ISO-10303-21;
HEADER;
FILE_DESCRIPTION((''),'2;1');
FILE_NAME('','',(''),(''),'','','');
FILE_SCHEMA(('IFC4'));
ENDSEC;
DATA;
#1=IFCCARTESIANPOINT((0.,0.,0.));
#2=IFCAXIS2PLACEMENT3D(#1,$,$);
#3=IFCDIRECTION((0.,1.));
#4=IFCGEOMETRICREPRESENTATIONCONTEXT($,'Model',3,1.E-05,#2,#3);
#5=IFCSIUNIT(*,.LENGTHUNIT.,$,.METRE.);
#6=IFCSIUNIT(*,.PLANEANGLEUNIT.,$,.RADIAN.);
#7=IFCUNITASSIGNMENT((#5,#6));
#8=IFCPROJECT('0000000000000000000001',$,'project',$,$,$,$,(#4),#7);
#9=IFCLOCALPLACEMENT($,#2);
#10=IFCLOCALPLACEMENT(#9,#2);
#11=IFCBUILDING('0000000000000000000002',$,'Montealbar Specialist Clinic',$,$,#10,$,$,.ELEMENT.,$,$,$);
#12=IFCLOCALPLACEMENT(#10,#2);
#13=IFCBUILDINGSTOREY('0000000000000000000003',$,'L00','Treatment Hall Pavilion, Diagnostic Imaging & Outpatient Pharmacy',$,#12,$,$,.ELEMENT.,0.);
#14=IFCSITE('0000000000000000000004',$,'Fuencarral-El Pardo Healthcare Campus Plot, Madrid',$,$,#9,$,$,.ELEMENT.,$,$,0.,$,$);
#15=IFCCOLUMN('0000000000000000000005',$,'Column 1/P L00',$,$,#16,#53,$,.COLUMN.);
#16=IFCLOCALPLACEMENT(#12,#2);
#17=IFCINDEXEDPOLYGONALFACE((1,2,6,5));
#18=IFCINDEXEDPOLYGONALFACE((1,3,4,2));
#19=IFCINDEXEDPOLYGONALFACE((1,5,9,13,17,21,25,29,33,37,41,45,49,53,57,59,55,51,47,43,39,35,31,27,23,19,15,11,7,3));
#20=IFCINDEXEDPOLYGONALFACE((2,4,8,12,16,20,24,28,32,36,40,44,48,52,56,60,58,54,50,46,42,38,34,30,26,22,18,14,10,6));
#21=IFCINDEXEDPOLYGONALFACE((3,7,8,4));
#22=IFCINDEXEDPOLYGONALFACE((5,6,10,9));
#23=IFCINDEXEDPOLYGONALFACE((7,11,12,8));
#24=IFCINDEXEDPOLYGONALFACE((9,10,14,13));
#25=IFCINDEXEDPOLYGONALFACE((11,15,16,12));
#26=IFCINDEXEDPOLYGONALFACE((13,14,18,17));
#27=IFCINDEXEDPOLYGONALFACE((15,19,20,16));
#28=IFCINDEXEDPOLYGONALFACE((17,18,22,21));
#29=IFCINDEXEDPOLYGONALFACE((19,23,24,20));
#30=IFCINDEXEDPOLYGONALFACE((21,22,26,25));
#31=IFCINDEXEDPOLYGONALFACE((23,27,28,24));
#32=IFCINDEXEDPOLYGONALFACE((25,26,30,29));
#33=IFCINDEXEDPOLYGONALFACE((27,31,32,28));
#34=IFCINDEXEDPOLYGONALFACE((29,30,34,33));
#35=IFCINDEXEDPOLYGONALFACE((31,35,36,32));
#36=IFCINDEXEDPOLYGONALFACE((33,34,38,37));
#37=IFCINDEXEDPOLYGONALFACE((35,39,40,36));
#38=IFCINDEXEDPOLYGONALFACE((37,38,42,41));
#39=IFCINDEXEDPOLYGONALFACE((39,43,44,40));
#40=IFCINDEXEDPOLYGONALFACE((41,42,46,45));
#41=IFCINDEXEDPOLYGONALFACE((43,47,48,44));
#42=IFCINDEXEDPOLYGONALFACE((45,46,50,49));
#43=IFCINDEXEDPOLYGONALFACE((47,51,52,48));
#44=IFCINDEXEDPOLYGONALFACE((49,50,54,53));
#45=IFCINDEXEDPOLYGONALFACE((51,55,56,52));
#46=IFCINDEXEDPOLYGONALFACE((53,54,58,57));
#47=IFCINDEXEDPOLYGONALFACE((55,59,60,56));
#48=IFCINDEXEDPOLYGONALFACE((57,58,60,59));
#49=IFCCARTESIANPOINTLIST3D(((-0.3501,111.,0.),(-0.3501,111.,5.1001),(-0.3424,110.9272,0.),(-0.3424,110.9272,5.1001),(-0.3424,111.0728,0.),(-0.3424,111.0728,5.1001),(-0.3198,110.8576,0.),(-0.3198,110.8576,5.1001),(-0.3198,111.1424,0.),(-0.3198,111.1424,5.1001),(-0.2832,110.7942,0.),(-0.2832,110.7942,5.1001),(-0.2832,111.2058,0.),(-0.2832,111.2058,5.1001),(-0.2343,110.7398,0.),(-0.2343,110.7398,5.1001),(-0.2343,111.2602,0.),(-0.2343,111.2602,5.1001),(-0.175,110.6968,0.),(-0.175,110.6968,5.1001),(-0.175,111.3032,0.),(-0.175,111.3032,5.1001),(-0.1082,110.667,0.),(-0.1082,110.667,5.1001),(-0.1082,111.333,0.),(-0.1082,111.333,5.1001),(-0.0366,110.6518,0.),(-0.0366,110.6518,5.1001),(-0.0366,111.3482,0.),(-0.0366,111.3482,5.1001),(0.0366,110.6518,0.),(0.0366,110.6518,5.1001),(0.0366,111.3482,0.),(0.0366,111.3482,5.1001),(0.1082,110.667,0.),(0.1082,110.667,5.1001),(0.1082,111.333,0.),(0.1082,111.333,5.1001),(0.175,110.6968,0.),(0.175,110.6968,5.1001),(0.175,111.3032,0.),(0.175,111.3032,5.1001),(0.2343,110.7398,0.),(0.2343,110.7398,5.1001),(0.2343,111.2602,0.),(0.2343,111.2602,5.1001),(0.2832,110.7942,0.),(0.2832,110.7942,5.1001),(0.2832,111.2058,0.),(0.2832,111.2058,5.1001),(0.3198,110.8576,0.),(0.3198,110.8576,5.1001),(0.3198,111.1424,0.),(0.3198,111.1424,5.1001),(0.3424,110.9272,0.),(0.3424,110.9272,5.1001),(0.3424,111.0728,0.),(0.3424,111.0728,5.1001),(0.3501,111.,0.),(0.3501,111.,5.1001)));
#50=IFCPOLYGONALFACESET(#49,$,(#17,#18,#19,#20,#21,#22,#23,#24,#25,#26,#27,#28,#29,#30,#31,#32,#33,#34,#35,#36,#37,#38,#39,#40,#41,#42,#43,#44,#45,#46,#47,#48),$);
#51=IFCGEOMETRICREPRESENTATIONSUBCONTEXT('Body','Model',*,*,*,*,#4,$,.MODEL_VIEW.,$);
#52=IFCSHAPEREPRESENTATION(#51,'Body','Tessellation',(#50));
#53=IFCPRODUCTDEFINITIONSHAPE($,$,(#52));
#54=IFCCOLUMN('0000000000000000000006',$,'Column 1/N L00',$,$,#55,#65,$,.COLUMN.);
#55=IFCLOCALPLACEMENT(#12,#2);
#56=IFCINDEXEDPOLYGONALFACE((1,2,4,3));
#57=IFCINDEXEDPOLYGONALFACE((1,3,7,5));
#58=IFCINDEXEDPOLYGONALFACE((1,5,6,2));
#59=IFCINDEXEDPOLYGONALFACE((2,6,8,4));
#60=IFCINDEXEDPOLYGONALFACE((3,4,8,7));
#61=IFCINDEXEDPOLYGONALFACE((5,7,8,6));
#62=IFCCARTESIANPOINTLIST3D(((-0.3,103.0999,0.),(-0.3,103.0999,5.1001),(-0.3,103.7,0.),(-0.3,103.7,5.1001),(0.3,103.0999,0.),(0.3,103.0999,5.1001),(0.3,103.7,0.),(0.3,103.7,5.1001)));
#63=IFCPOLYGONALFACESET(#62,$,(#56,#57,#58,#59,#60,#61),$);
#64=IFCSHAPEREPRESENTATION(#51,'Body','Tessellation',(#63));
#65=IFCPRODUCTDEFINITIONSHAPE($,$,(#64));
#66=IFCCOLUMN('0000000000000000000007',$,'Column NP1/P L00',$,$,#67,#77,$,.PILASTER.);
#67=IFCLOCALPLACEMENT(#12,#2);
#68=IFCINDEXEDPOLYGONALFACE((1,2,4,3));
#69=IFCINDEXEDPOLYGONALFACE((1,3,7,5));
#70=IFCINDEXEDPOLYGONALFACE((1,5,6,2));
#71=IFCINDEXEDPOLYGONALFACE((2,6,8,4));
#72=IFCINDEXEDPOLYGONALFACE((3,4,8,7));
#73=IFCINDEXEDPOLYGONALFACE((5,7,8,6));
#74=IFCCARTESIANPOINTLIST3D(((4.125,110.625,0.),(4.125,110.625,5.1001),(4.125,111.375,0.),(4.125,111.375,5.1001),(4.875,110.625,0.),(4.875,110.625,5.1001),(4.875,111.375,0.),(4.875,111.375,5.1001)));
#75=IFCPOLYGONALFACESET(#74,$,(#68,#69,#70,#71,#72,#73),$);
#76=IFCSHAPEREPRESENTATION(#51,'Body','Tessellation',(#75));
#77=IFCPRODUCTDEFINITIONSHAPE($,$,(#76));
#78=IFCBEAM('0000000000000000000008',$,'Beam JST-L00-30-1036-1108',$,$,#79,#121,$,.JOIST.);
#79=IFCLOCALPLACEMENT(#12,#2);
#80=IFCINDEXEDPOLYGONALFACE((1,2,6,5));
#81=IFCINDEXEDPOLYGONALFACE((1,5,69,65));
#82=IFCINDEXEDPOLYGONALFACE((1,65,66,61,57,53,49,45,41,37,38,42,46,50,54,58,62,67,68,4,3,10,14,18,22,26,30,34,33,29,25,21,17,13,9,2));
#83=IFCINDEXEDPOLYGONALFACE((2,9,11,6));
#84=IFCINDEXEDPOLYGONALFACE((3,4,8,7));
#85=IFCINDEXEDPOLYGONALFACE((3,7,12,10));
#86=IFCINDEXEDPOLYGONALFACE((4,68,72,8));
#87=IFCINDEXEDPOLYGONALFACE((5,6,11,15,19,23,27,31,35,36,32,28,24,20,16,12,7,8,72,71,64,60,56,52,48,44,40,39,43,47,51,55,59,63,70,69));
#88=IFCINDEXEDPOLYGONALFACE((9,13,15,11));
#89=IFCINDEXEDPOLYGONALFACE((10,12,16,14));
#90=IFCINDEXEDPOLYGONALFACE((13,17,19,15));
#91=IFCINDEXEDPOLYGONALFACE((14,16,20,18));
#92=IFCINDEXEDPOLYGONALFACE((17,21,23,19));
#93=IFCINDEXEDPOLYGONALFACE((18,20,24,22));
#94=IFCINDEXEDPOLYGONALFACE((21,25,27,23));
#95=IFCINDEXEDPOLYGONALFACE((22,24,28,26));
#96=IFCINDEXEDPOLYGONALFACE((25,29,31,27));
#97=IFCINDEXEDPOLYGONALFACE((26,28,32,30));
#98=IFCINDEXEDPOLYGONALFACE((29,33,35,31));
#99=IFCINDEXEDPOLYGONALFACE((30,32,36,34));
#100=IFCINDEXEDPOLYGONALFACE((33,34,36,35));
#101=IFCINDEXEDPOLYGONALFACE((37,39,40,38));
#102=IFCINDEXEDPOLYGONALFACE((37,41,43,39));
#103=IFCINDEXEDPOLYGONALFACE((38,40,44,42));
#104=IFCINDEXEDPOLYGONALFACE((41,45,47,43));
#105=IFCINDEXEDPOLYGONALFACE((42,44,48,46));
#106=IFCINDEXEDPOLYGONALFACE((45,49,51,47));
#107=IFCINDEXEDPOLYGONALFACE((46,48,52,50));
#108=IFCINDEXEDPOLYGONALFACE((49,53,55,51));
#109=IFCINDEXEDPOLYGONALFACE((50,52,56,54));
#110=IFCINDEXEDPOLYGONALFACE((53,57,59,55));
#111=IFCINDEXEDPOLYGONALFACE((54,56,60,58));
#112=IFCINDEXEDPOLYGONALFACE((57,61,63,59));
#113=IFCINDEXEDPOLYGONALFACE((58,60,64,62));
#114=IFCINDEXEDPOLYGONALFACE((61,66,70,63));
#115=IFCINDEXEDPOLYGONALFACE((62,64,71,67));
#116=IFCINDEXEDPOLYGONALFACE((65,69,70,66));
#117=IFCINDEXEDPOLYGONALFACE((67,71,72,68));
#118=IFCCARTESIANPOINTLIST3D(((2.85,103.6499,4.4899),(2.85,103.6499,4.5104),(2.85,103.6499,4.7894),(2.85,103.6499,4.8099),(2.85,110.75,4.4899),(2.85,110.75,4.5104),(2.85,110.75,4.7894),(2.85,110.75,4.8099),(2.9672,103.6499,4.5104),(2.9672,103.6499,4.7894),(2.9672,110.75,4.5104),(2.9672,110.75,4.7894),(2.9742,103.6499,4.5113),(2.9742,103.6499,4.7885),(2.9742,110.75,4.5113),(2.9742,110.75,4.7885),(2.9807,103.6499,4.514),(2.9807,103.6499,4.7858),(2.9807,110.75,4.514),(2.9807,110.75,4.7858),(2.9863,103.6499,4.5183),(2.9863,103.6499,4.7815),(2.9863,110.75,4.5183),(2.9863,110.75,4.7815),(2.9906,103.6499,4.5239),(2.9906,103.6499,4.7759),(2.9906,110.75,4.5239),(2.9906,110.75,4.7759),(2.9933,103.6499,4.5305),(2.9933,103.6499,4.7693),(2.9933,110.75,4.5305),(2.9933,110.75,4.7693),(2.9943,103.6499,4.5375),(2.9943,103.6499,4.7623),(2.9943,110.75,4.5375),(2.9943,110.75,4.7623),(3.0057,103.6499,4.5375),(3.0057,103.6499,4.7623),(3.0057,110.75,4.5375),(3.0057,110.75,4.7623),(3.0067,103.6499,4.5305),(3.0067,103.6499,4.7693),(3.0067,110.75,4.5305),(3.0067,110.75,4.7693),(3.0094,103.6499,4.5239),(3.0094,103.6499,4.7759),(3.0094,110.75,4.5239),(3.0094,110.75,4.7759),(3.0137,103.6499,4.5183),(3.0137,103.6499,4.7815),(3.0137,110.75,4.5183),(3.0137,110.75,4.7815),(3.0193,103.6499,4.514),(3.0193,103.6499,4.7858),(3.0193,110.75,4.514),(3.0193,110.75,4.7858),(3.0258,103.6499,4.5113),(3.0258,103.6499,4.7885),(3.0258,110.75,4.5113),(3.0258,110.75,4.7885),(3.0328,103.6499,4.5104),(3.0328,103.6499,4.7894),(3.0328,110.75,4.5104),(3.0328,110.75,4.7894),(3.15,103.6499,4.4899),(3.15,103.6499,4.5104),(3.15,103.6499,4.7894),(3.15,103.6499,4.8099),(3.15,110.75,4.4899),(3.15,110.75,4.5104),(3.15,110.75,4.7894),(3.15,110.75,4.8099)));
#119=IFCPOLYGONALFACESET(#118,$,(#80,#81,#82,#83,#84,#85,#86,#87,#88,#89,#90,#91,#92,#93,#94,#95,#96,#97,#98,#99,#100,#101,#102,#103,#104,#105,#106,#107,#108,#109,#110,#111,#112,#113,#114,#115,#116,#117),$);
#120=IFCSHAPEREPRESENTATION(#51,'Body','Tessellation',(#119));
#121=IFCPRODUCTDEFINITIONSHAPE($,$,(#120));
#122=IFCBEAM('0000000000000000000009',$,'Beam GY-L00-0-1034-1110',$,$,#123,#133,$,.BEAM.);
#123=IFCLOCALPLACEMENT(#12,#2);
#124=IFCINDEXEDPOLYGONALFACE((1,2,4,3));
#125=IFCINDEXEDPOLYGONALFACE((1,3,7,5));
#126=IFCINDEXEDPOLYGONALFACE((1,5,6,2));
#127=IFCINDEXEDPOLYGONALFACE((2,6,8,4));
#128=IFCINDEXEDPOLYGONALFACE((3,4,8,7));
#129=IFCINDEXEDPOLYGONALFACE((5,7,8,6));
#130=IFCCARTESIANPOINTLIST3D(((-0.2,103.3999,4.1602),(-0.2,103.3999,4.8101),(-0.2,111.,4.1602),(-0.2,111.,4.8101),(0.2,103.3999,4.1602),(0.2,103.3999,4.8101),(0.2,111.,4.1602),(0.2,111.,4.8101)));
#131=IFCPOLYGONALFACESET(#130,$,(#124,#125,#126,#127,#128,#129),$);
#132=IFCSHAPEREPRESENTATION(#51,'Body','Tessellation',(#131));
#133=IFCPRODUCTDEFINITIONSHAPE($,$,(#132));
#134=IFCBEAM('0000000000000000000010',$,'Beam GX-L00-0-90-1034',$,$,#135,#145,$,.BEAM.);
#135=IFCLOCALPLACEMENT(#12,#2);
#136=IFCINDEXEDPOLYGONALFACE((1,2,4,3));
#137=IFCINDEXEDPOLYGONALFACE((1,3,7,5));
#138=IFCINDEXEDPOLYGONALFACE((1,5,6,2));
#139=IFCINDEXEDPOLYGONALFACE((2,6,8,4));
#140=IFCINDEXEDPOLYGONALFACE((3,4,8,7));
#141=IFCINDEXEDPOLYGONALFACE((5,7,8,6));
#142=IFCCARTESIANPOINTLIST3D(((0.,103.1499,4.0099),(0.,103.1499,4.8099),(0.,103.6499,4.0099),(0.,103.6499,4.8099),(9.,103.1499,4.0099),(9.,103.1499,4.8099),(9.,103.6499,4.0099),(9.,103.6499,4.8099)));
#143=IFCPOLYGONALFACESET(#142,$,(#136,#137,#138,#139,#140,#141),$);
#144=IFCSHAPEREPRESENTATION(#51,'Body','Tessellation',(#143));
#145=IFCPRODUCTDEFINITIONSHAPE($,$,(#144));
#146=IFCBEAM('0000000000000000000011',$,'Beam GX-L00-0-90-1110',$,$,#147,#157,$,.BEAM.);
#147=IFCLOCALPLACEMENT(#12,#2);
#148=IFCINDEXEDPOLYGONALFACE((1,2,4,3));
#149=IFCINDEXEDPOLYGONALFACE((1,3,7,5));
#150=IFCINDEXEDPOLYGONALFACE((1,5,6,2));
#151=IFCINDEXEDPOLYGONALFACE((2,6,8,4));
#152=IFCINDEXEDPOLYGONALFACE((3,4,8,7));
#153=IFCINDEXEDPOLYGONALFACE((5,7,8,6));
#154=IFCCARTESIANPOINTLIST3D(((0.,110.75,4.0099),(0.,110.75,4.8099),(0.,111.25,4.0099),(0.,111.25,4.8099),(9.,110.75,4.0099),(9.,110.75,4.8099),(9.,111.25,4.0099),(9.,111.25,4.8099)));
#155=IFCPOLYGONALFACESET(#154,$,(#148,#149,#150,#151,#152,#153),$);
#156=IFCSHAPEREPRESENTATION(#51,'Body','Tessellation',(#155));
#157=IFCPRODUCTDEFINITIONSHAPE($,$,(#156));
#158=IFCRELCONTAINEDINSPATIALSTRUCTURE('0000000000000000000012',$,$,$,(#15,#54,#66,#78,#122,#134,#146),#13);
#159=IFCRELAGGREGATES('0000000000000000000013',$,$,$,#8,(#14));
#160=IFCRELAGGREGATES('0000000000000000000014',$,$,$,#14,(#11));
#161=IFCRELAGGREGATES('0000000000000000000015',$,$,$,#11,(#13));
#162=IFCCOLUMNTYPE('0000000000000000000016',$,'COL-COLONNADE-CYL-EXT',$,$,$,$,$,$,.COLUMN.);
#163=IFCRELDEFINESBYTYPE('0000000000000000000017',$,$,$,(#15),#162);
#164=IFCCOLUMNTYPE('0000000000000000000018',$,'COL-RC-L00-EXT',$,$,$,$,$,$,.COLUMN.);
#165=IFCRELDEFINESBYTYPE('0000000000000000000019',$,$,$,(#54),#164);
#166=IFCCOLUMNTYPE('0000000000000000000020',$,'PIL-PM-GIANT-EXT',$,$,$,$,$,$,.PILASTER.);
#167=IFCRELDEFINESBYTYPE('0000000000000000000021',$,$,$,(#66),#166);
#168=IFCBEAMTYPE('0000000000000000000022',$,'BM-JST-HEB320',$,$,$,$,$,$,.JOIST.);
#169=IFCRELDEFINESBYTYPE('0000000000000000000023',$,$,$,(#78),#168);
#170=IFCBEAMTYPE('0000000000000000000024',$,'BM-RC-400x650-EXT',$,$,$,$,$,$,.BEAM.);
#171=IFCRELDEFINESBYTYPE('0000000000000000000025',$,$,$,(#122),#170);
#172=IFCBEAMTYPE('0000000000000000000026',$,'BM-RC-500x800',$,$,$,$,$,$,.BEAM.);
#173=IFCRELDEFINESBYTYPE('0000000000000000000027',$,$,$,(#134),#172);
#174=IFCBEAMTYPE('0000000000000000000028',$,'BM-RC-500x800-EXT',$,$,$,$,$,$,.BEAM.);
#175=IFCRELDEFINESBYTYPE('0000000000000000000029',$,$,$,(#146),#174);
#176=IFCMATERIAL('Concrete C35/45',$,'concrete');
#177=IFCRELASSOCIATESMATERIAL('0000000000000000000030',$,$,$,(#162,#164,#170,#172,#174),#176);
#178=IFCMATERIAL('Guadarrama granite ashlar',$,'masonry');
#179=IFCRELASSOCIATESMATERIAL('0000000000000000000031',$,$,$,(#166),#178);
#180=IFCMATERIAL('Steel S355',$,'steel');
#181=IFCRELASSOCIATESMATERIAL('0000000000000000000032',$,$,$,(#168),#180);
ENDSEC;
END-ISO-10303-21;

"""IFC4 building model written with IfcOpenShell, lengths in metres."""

from ifc_helpers import new_model, si_unit, direction, frame, origin, origin_2d, place, context, subcontext, project, spatial, rectangle, circle, i_section, extrude, material, material_profile, profile_set, type_object, element, save


model = new_model("IFC4")

# Units and contexts
model_context = context("Model", 3, precision=1e-05, world=origin(), true_north=direction((0.0, 1.0)))
body_context = subcontext(model_context, "Body", "Model", "MODEL_VIEW")
ifc_project = project(units=[si_unit("LENGTHUNIT", "METRE"), si_unit("PLANEANGLEUNIT", "RADIAN")], contexts=[model_context])

# Site, building, storey
site_placement = place(None, origin())
site = spatial("IfcSite", under=ifc_project, at=site_placement, Name="Fuencarral-El Pardo Healthcare Campus Plot, Madrid", CompositionType="ELEMENT", RefElevation=0.0)
building_placement = place(site_placement, origin())
building = spatial("IfcBuilding", under=site, at=building_placement, Name="Montealbar Specialist Clinic", CompositionType="ELEMENT")
storey_placement = place(building_placement, origin())
storey = spatial("IfcBuildingStorey", under=building, at=storey_placement, Name="L00", Description="Treatment Hall Pavilion, Diagnostic Imaging & Outpatient Pharmacy", CompositionType="ELEMENT", Elevation=0.0)

# Columns
ifc_material_1 = material(Name="Concrete C35/45", Category="concrete")
ifc_material_profile_1 = material_profile(ifc_material_1, circle(Radius=0.3501, at=origin_2d()), Name="RC D700", Category="concrete")
ifc_profile_set_1 = profile_set([ifc_material_profile_1], Name="Concrete C35/45")
column_type_1 = type_object("IfcColumnType", Name="COL-COLONNADE-CYL-EXT", PredefinedType="COLUMN", material=ifc_profile_set_1)
column_1_placement = place(storey_placement, frame((0.0, 111.0, 0.0), z_axis=(0.0, 0.0, 1.0), x_axis=(1.0, 0.0, 0.0)))
element("IfcColumn", 1, at=column_1_placement, inside=storey, type_object=column_type_1, Name="Column 1/P L00", PredefinedType="COLUMN", context=body_context, shape_type="SweptSolid", body=[
    extrude(circle(Radius=0.3501, at=origin_2d()), origin(), (0.0, 0.0, 1.0), 5.1001),
])
ifc_material_profile_2 = material_profile(ifc_material_1, rectangle(XDim=0.6001, YDim=0.6001, at=origin_2d()), Name="RC 600x600", Category="concrete")
ifc_profile_set_2 = profile_set([ifc_material_profile_2], Name="Concrete C35/45")
column_type_2 = type_object("IfcColumnType", Name="COL-RC-L00-EXT", PredefinedType="COLUMN", material=ifc_profile_set_2)
column_2_placement = place(storey_placement, frame((0.0, 103.3999, 0.0), z_axis=(0.0, 0.0, 1.0), x_axis=(1.0, 0.0, 0.0)))
element("IfcColumn", 2, at=column_2_placement, inside=storey, type_object=column_type_2, Name="Column 1/N L00", PredefinedType="COLUMN", context=body_context, shape_type="SweptSolid", body=[
    extrude(rectangle(XDim=0.6001, YDim=0.6001, at=origin_2d()), origin(), (0.0, 0.0, 1.0), 5.1001),
])
ifc_material_2 = material(Name="Guadarrama granite ashlar", Category="masonry")
ifc_material_profile_3 = material_profile(ifc_material_2, rectangle(XDim=0.75, YDim=0.75, at=origin_2d()), Name="GRANITE PILASTER 750x750", Category="masonry")
ifc_profile_set_3 = profile_set([ifc_material_profile_3], Name="Guadarrama granite ashlar")
column_type_3 = type_object("IfcColumnType", Name="PIL-PM-GIANT-EXT", PredefinedType="PILASTER", material=ifc_profile_set_3)
column_3_placement = place(storey_placement, frame((4.5, 111.0, 0.0), z_axis=(0.0, 0.0, 1.0), x_axis=(1.0, 0.0, 0.0)))
element("IfcColumn", 3, at=column_3_placement, inside=storey, type_object=column_type_3, Name="Column NP1/P L00", PredefinedType="PILASTER", context=body_context, shape_type="SweptSolid", body=[
    extrude(rectangle(XDim=0.75, YDim=0.75, at=origin_2d()), origin(), (0.0, 0.0, 1.0), 5.1001),
])

# Beams
ifc_material_3 = material(Name="Steel S355", Category="steel")
ifc_material_profile_4 = material_profile(ifc_material_3, i_section(OverallWidth=0.3, OverallDepth=0.3201, WebThickness=0.0115, FlangeThickness=0.0205, FilletRadius=0.0271, at=origin_2d()), Name="HEB 320", Category="steel")
ifc_profile_set_4 = profile_set([ifc_material_profile_4], Name="Steel S355")
beam_type_1 = type_object("IfcBeamType", Name="BM-JST-HEB320", PredefinedType="JOIST", material=ifc_profile_set_4)
beam_1_placement = place(storey_placement, frame((3.0, 103.6499, 4.6499), z_axis=(0.0, 1.0, 0.0), x_axis=(-1.0, 0.0, 0.0)))
element("IfcBeam", 4, at=beam_1_placement, inside=storey, type_object=beam_type_1, Name="Beam JST-L00-30-1036-1108", PredefinedType="JOIST", context=body_context, shape_type="SweptSolid", body=[
    extrude(i_section(OverallWidth=0.3, OverallDepth=0.3201, WebThickness=0.0115, FlangeThickness=0.0205, FilletRadius=0.0271, at=origin_2d()), origin(), (0.0, 0.0, 1.0), 7.1001),
])
ifc_material_profile_5 = material_profile(ifc_material_1, rectangle(XDim=0.3999, YDim=0.6499, at=origin_2d()), Name="RC 400x650", Category="concrete")
ifc_profile_set_5 = profile_set([ifc_material_profile_5], Name="Concrete C35/45")
beam_type_2 = type_object("IfcBeamType", Name="BM-RC-400x650-EXT", PredefinedType="BEAM", material=ifc_profile_set_5)
beam_2_placement = place(storey_placement, frame((0.0, 103.3999, 4.4851), z_axis=(0.0, 1.0, 0.0), x_axis=(-1.0, 0.0, 0.0)))
element("IfcBeam", 5, at=beam_2_placement, inside=storey, type_object=beam_type_2, Name="Beam GY-L00-0-1034-1110", PredefinedType="BEAM", context=body_context, shape_type="SweptSolid", body=[
    extrude(rectangle(XDim=0.3999, YDim=0.6499, at=origin_2d()), origin(), (0.0, 0.0, 1.0), 7.6001),
])
ifc_material_profile_6 = material_profile(ifc_material_1, rectangle(XDim=0.5, YDim=0.8, at=origin_2d()), Name="RC 500x800", Category="concrete")
ifc_profile_set_6 = profile_set([ifc_material_profile_6], Name="Concrete C35/45")
beam_type_3 = type_object("IfcBeamType", Name="BM-RC-500x800", PredefinedType="BEAM", material=ifc_profile_set_6)
beam_3_placement = place(storey_placement, frame((0.0, 103.3999, 4.4099), z_axis=(1.0, 0.0, 0.0), x_axis=(0.0, 1.0, 0.0)))
element("IfcBeam", 6, at=beam_3_placement, inside=storey, type_object=beam_type_3, Name="Beam GX-L00-0-90-1034", PredefinedType="BEAM", context=body_context, shape_type="SweptSolid", body=[
    extrude(rectangle(XDim=0.5, YDim=0.8, at=origin_2d()), origin(), (0.0, 0.0, 1.0), 9.0),
])
ifc_material_profile_7 = material_profile(ifc_material_1, rectangle(XDim=0.5, YDim=0.8, at=origin_2d()), Name="RC 500x800", Category="concrete")
ifc_profile_set_7 = profile_set([ifc_material_profile_7], Name="Concrete C35/45")
beam_type_4 = type_object("IfcBeamType", Name="BM-RC-500x800-EXT", PredefinedType="BEAM", material=ifc_profile_set_7)
beam_4_placement = place(storey_placement, frame((0.0, 111.0, 4.4099), z_axis=(1.0, 0.0, 0.0), x_axis=(0.0, 1.0, 0.0)))
element("IfcBeam", 7, at=beam_4_placement, inside=storey, type_object=beam_type_4, Name="Beam GX-L00-0-90-1110", PredefinedType="BEAM", context=body_context, shape_type="SweptSolid", body=[
    extrude(rectangle(XDim=0.5, YDim=0.8, at=origin_2d()), origin(), (0.0, 0.0, 1.0), 9.0),
])

save(model, "model.ifc")
